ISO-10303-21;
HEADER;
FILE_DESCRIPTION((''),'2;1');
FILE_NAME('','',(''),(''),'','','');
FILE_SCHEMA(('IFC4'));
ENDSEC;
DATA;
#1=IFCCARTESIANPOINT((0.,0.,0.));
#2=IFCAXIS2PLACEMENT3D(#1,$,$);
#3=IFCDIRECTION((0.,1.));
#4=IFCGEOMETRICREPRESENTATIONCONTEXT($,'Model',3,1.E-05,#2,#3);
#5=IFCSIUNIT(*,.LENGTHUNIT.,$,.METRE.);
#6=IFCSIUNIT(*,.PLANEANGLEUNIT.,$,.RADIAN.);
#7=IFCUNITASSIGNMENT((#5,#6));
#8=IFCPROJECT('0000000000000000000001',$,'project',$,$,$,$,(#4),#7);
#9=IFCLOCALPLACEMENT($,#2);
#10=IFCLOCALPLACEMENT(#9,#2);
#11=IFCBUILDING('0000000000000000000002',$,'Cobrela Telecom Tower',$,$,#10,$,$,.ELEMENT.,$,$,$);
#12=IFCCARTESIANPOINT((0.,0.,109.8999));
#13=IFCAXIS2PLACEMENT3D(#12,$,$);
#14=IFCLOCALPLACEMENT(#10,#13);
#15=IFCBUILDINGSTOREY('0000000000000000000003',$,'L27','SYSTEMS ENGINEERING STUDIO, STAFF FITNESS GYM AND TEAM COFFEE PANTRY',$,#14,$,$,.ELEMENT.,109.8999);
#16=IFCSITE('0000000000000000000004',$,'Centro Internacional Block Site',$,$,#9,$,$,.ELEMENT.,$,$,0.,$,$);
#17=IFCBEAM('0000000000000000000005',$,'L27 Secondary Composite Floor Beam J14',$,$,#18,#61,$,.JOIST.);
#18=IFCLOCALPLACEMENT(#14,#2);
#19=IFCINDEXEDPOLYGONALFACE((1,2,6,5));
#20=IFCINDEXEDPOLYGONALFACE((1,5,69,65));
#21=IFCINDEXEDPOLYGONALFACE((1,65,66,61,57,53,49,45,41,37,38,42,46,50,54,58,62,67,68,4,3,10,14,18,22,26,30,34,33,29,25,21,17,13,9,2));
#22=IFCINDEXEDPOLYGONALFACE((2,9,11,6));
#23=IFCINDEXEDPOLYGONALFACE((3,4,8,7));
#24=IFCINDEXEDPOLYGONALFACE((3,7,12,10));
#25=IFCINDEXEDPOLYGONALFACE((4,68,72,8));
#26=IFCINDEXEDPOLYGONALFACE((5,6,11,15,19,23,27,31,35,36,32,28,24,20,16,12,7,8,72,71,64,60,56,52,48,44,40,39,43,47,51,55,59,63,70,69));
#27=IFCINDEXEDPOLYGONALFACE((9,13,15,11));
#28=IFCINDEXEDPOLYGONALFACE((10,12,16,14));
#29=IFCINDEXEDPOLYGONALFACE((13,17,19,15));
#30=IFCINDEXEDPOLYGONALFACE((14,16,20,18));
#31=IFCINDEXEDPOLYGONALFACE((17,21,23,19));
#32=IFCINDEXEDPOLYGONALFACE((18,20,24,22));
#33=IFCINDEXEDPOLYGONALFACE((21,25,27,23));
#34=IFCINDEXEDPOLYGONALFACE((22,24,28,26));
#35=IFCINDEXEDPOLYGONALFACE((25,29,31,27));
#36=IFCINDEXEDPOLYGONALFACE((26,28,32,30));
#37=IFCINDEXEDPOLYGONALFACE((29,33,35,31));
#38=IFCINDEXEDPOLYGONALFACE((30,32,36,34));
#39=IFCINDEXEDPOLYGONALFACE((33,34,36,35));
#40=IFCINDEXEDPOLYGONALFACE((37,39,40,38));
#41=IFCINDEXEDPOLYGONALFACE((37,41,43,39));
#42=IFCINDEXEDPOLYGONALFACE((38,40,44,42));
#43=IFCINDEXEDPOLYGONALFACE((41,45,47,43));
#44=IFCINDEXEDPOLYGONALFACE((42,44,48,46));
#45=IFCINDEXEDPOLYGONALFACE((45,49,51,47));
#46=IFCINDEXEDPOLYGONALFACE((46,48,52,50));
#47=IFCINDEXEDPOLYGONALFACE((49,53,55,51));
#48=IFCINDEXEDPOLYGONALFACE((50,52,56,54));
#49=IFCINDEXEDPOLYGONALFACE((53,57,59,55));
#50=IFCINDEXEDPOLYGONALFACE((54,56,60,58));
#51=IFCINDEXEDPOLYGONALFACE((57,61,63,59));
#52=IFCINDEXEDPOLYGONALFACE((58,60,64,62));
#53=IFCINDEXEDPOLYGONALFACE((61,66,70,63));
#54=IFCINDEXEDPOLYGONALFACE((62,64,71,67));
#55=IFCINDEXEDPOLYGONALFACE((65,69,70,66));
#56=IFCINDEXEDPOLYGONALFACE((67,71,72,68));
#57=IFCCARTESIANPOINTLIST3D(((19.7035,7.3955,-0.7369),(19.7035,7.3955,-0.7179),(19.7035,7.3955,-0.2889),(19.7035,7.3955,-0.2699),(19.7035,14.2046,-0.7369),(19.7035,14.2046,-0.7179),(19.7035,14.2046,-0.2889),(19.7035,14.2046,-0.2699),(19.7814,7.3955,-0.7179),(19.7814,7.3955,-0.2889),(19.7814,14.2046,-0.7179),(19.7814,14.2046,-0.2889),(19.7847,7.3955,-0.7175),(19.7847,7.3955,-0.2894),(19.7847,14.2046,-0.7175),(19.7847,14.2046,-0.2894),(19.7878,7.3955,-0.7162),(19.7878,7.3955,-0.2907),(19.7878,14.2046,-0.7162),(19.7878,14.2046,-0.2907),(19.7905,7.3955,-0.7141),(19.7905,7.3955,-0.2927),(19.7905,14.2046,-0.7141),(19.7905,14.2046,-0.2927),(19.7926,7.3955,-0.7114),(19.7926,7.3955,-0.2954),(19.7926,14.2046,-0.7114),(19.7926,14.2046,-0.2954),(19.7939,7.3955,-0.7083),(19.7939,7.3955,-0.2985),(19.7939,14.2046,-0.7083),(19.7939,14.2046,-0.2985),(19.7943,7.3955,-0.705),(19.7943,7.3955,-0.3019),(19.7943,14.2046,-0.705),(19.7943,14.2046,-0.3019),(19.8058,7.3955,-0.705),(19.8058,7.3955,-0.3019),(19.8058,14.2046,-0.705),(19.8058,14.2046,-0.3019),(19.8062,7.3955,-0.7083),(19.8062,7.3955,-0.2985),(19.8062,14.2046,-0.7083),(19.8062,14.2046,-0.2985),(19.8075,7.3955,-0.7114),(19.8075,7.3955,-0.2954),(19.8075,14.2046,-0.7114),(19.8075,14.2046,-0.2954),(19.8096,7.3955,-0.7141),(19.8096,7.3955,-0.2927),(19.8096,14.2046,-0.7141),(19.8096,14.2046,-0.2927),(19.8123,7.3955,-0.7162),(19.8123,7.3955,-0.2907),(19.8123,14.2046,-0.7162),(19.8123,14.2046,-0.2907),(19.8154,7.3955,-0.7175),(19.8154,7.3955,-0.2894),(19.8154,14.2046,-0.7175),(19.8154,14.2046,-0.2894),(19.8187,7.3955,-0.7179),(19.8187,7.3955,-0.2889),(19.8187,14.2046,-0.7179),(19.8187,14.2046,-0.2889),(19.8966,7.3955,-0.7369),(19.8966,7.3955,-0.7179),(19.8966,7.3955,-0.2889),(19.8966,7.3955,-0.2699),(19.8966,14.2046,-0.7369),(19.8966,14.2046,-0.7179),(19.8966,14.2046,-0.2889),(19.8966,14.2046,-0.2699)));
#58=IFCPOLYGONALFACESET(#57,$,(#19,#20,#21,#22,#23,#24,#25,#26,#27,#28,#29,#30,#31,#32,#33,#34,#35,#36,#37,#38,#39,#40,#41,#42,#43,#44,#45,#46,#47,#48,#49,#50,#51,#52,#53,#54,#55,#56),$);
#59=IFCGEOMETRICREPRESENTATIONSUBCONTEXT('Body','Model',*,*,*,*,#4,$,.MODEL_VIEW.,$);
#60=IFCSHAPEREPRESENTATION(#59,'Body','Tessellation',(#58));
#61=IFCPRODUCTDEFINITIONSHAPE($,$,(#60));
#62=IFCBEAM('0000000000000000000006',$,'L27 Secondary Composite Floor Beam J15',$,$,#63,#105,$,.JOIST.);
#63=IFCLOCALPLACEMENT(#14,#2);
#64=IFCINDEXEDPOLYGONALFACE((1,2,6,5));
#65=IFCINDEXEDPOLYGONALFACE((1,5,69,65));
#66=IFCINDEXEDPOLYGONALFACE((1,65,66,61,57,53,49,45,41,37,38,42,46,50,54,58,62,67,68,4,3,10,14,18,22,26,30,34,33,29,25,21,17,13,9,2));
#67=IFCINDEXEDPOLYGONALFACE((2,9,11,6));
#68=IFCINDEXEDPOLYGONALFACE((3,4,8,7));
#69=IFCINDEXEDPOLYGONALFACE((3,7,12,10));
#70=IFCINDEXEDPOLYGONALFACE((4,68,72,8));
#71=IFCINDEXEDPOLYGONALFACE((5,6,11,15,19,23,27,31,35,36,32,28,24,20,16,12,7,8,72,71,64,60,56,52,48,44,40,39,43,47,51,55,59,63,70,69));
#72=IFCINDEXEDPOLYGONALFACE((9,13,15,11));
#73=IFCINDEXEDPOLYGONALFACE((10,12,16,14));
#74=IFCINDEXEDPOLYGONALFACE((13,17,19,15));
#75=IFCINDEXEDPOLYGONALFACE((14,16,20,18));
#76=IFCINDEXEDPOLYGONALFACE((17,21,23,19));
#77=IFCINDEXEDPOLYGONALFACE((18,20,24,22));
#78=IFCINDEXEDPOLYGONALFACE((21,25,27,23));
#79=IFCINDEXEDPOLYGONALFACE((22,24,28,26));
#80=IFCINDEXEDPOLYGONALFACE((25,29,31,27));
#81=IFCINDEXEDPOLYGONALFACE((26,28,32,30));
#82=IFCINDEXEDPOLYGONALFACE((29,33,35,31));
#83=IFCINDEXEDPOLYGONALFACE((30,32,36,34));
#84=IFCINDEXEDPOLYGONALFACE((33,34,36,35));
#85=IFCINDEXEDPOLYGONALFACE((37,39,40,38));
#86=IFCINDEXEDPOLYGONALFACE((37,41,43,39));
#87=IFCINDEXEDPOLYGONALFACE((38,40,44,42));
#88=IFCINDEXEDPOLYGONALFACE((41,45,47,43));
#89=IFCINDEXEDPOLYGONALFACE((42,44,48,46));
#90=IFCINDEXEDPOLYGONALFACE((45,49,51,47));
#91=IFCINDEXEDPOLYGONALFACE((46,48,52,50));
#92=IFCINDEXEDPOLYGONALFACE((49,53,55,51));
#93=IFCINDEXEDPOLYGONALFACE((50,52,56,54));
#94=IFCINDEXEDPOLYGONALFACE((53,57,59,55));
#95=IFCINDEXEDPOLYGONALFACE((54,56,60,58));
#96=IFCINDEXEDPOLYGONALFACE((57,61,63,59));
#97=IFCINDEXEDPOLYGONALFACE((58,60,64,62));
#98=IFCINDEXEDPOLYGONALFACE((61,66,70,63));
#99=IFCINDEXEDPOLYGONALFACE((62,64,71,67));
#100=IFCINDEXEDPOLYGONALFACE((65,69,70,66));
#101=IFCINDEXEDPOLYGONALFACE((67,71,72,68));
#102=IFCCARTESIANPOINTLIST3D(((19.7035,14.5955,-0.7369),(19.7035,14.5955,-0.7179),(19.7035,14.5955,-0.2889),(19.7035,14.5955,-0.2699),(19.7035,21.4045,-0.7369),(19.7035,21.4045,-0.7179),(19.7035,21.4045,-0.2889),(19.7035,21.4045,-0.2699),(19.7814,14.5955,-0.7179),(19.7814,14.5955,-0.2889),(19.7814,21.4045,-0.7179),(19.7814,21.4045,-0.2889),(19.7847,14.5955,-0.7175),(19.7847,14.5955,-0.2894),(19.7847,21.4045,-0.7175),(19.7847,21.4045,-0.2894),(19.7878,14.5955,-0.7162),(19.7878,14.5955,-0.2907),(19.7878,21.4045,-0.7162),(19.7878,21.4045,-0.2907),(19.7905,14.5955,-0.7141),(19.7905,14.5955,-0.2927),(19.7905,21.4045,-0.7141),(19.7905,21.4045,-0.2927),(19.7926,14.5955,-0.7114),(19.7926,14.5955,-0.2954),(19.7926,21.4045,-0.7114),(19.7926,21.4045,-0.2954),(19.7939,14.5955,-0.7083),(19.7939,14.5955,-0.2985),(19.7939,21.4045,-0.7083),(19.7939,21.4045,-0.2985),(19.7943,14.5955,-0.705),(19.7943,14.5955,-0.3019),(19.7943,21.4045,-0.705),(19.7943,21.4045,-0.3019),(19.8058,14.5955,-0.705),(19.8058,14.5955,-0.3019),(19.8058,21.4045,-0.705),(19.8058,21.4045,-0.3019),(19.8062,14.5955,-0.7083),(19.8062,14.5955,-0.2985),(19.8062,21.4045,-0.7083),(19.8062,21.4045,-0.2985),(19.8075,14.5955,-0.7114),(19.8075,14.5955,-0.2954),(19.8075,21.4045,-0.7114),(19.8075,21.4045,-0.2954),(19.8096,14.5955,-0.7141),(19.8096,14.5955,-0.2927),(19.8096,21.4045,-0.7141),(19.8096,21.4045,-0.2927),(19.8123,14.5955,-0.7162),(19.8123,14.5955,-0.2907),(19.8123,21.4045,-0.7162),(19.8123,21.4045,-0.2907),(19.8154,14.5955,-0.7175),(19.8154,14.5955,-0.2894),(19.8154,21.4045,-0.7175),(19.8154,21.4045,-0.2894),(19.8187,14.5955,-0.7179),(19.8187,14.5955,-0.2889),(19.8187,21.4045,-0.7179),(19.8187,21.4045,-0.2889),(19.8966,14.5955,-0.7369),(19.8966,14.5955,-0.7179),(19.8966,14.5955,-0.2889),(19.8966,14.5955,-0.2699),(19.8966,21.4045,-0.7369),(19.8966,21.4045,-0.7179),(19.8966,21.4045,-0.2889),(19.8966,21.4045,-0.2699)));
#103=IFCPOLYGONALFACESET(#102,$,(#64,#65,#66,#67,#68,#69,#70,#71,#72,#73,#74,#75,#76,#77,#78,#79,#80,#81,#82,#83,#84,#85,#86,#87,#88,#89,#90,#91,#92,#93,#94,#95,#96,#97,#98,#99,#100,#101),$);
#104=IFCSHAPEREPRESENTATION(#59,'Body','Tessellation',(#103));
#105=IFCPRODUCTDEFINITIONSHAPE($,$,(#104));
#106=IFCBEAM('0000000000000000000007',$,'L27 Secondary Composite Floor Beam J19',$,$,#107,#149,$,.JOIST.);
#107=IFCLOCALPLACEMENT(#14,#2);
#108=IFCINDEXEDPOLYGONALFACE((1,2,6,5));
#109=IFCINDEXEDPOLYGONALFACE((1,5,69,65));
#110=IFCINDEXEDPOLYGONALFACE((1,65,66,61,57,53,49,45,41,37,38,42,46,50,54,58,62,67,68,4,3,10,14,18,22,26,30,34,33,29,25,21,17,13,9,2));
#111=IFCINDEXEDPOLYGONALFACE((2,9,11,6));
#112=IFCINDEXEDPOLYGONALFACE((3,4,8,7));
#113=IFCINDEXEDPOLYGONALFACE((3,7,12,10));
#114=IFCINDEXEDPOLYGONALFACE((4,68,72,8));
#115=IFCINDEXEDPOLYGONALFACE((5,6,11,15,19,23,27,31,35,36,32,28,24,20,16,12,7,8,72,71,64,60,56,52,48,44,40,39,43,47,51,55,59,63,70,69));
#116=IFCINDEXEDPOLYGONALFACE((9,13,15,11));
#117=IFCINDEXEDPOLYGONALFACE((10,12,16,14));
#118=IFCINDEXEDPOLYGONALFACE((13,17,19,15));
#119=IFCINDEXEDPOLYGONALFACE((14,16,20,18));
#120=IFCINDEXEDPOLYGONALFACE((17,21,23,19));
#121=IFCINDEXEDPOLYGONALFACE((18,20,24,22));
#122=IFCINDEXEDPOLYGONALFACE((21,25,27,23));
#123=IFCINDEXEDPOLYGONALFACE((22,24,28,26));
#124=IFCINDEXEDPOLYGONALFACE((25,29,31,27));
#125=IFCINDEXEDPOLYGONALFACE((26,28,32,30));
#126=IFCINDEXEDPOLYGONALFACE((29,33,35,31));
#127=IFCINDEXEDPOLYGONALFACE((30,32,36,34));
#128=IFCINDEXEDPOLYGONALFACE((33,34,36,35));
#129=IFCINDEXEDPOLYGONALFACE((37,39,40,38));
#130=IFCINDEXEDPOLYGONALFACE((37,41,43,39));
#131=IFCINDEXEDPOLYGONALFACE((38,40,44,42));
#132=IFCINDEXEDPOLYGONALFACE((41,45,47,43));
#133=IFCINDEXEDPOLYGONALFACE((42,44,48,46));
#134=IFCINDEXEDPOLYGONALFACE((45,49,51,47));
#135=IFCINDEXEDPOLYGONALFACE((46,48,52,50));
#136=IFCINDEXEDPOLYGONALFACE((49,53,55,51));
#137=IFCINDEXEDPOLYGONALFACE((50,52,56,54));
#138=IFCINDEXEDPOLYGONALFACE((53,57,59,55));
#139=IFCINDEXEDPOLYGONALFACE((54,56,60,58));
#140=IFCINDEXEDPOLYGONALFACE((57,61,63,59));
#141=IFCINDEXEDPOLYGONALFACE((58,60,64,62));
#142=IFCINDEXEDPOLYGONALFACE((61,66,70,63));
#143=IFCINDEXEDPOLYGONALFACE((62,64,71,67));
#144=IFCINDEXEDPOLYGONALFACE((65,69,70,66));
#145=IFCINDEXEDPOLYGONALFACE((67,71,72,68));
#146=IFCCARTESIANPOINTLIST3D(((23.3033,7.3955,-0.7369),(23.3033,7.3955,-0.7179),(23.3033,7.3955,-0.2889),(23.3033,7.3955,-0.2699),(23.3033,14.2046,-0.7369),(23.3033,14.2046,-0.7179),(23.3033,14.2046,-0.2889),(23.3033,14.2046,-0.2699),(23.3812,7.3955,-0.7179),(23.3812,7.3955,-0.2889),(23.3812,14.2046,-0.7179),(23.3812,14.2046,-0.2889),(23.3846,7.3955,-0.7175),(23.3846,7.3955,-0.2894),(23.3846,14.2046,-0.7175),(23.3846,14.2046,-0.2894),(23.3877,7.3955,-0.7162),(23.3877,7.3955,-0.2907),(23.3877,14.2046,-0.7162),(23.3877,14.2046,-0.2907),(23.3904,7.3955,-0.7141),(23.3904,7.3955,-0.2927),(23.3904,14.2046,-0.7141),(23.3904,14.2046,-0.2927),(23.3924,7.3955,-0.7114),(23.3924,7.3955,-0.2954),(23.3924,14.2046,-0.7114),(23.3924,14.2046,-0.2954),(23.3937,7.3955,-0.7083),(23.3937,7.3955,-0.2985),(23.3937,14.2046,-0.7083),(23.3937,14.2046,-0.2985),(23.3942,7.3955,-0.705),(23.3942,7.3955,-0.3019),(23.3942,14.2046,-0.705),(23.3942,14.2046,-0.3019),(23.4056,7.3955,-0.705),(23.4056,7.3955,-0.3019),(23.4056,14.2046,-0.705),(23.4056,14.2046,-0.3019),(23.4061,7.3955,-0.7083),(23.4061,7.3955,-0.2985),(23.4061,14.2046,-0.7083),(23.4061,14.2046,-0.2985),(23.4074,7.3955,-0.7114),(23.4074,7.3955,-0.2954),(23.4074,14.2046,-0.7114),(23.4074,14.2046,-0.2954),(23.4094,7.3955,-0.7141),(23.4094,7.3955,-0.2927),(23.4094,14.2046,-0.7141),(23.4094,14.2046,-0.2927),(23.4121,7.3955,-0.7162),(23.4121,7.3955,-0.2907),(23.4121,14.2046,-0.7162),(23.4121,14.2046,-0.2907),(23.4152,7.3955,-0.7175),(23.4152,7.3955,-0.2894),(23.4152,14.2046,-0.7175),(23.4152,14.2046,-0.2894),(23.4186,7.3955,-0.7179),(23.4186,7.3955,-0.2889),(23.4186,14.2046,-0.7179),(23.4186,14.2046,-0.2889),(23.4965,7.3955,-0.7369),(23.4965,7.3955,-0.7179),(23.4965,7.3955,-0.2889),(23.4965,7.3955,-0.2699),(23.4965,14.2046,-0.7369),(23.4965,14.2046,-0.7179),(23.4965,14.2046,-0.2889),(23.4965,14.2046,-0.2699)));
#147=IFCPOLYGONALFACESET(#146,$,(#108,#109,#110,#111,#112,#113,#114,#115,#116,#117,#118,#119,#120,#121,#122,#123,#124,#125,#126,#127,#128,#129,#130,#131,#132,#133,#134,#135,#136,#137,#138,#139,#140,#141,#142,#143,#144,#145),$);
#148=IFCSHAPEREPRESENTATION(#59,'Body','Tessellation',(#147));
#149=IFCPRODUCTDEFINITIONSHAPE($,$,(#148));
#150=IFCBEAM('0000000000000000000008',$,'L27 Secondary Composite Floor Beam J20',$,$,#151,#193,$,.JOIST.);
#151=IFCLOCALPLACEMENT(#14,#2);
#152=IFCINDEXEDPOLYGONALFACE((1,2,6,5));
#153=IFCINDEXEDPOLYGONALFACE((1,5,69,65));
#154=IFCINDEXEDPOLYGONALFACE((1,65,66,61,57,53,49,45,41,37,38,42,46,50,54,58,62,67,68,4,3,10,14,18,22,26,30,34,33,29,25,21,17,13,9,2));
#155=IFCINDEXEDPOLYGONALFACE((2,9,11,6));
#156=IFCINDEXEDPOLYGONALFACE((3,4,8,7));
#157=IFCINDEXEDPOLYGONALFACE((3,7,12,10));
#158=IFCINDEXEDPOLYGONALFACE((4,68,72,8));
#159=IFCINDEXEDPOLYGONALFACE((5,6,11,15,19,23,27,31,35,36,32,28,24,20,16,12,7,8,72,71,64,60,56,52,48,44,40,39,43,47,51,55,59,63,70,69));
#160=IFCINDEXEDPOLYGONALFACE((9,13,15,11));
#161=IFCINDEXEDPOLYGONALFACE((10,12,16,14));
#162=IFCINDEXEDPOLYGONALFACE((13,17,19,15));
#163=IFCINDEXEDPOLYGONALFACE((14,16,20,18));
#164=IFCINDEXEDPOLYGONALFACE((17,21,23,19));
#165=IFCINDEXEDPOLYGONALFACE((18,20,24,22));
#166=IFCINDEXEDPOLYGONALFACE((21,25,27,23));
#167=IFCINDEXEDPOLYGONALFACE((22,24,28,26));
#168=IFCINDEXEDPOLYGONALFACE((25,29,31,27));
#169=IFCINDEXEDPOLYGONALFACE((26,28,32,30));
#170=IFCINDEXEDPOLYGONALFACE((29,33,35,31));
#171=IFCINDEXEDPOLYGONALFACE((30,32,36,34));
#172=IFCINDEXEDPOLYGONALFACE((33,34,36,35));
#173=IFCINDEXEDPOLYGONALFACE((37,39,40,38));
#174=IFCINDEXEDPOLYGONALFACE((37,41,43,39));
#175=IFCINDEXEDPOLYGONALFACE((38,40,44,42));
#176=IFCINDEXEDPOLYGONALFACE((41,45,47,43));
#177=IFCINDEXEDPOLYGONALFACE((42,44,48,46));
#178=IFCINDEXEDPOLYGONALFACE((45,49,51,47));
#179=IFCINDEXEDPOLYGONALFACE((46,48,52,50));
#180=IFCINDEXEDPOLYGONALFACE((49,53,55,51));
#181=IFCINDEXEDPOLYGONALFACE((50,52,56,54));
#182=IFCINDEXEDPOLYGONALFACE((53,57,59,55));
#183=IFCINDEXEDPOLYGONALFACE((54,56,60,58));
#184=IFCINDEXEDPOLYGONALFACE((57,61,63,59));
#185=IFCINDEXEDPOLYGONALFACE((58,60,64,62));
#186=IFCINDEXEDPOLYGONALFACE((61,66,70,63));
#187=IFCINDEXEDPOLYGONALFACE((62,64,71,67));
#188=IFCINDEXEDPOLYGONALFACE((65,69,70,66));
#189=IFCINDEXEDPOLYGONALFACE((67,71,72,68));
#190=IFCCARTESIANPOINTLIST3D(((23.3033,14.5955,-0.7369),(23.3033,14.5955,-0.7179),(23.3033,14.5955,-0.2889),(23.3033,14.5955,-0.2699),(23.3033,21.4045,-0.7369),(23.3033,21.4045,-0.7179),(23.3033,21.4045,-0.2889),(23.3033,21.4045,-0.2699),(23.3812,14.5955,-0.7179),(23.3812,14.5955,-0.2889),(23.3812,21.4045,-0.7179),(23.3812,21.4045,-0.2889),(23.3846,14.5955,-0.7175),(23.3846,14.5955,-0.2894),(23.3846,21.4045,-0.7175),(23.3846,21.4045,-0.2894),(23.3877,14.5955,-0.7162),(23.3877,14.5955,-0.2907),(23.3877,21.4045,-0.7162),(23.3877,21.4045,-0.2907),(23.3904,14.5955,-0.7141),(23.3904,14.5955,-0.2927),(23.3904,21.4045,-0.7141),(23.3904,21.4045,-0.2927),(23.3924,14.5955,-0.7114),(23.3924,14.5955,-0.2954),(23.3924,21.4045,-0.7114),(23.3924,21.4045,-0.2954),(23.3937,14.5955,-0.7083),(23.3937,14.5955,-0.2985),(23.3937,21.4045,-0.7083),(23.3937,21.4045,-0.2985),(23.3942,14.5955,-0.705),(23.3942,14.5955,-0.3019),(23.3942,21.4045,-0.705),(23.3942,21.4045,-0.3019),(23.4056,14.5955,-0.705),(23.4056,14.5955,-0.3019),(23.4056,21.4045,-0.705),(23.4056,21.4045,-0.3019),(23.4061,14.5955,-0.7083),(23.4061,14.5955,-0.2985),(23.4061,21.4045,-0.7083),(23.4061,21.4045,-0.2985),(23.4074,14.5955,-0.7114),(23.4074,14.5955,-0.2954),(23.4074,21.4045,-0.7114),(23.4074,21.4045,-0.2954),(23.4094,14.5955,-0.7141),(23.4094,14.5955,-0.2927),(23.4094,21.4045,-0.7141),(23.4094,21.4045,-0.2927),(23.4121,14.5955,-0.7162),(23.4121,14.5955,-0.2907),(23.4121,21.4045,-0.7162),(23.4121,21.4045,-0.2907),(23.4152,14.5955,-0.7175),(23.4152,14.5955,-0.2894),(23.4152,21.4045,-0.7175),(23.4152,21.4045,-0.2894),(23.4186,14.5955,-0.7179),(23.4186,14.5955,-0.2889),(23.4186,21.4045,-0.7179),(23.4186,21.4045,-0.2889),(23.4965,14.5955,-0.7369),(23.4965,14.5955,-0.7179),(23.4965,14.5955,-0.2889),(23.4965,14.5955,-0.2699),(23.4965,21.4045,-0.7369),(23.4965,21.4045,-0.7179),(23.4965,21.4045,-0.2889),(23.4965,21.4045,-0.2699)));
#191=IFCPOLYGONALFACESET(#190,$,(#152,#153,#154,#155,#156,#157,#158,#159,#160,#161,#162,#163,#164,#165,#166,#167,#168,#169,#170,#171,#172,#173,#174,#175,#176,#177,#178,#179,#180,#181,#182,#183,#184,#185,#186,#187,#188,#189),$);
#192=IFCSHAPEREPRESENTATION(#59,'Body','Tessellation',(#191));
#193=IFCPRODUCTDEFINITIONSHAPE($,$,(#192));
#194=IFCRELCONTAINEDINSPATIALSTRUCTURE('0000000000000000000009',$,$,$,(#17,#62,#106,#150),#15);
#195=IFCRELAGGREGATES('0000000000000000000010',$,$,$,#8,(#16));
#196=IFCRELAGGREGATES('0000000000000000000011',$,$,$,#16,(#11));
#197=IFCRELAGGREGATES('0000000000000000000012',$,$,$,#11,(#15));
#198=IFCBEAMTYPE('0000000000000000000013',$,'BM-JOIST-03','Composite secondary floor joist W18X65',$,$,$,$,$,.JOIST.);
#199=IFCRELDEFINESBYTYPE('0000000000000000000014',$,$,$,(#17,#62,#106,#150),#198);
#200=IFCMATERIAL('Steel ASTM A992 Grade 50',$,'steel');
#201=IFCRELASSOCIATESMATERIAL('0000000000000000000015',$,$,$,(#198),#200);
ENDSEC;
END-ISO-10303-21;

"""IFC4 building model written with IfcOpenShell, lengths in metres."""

from ifc_helpers import new_model, si_unit, direction, frame, origin, origin_2d, place, context, subcontext, project, spatial, i_section, extrude, material, material_profile, profile_set, type_object, element, save


model = new_model("IFC4")

# Units and contexts
model_context = context("Model", 3, precision=1e-05, world=origin(), true_north=direction((0.0, 1.0)))
body_context = subcontext(model_context, "Body", "Model", "MODEL_VIEW")
ifc_project = project(units=[si_unit("LENGTHUNIT", "METRE"), si_unit("PLANEANGLEUNIT", "RADIAN")], contexts=[model_context])

# Site, building, storey
site_placement = place(None, origin())
site = spatial("IfcSite", under=ifc_project, at=site_placement, Name="Centro Internacional Block Site", CompositionType="ELEMENT", RefElevation=0.0)
building_placement = place(site_placement, origin())
building = spatial("IfcBuilding", under=site, at=building_placement, Name="Cobrela Telecom Tower", CompositionType="ELEMENT")
storey_placement = place(building_placement, frame((0.0, 0.0, 109.8999)))
storey = spatial("IfcBuildingStorey", under=building, at=storey_placement, Name="L27", Description="SYSTEMS ENGINEERING STUDIO, STAFF FITNESS GYM AND TEAM COFFEE PANTRY", CompositionType="ELEMENT", Elevation=109.8999)

# Shared definitions
ifc_material_1 = material(Name="Steel ASTM A992 Grade 50", Category="steel")

# Beams
ifc_material_profile_1 = material_profile(ifc_material_1, i_section(OverallWidth=0.1931, OverallDepth=0.467, WebThickness=0.0115, FlangeThickness=0.019, FilletRadius=0.0129, at=origin_2d()), Name="W18X65")
ifc_profile_set_1 = profile_set([ifc_material_profile_1], Name="Steel ASTM A992 Grade 50")
beam_type_1 = type_object("IfcBeamType", Name="BM-JOIST-03", Description="Composite secondary floor joist W18X65", PredefinedType="JOIST", material=ifc_profile_set_1)
for number, where, z_axis, x_axis, name in (
    (1, (19.8, 7.3955, -0.5034), (0.0, 1.0, 0.0), (-1.0, 0.0, 0.0), "L27 Secondary Composite Floor Beam J14"),
    (2, (19.8, 14.5955, -0.5034), (0.0, 1.0, 0.0), (-1.0, 0.0, 0.0), "L27 Secondary Composite Floor Beam J15"),
    (3, (23.3999, 7.3955, -0.5034), (0.0, 1.0, 0.0), (-1.0, 0.0, 0.0), "L27 Secondary Composite Floor Beam J19"),
    (4, (23.3999, 14.5955, -0.5034), (0.0, 1.0, 0.0), (-1.0, 0.0, 0.0), "L27 Secondary Composite Floor Beam J20"),
):
    element("IfcBeam", number, at=place(storey_placement, frame(where, z_axis=z_axis, x_axis=x_axis)), inside=storey, type_object=beam_type_1, Name=name, PredefinedType="JOIST", context=body_context, shape_type="SweptSolid", body=[
        extrude(i_section(OverallWidth=0.1931, OverallDepth=0.467, WebThickness=0.0115, FlangeThickness=0.019, FilletRadius=0.0129, at=origin_2d()), origin(), (0.0, 0.0, 1.0), 6.8091),
    ])

save(model, "model.ifc")
